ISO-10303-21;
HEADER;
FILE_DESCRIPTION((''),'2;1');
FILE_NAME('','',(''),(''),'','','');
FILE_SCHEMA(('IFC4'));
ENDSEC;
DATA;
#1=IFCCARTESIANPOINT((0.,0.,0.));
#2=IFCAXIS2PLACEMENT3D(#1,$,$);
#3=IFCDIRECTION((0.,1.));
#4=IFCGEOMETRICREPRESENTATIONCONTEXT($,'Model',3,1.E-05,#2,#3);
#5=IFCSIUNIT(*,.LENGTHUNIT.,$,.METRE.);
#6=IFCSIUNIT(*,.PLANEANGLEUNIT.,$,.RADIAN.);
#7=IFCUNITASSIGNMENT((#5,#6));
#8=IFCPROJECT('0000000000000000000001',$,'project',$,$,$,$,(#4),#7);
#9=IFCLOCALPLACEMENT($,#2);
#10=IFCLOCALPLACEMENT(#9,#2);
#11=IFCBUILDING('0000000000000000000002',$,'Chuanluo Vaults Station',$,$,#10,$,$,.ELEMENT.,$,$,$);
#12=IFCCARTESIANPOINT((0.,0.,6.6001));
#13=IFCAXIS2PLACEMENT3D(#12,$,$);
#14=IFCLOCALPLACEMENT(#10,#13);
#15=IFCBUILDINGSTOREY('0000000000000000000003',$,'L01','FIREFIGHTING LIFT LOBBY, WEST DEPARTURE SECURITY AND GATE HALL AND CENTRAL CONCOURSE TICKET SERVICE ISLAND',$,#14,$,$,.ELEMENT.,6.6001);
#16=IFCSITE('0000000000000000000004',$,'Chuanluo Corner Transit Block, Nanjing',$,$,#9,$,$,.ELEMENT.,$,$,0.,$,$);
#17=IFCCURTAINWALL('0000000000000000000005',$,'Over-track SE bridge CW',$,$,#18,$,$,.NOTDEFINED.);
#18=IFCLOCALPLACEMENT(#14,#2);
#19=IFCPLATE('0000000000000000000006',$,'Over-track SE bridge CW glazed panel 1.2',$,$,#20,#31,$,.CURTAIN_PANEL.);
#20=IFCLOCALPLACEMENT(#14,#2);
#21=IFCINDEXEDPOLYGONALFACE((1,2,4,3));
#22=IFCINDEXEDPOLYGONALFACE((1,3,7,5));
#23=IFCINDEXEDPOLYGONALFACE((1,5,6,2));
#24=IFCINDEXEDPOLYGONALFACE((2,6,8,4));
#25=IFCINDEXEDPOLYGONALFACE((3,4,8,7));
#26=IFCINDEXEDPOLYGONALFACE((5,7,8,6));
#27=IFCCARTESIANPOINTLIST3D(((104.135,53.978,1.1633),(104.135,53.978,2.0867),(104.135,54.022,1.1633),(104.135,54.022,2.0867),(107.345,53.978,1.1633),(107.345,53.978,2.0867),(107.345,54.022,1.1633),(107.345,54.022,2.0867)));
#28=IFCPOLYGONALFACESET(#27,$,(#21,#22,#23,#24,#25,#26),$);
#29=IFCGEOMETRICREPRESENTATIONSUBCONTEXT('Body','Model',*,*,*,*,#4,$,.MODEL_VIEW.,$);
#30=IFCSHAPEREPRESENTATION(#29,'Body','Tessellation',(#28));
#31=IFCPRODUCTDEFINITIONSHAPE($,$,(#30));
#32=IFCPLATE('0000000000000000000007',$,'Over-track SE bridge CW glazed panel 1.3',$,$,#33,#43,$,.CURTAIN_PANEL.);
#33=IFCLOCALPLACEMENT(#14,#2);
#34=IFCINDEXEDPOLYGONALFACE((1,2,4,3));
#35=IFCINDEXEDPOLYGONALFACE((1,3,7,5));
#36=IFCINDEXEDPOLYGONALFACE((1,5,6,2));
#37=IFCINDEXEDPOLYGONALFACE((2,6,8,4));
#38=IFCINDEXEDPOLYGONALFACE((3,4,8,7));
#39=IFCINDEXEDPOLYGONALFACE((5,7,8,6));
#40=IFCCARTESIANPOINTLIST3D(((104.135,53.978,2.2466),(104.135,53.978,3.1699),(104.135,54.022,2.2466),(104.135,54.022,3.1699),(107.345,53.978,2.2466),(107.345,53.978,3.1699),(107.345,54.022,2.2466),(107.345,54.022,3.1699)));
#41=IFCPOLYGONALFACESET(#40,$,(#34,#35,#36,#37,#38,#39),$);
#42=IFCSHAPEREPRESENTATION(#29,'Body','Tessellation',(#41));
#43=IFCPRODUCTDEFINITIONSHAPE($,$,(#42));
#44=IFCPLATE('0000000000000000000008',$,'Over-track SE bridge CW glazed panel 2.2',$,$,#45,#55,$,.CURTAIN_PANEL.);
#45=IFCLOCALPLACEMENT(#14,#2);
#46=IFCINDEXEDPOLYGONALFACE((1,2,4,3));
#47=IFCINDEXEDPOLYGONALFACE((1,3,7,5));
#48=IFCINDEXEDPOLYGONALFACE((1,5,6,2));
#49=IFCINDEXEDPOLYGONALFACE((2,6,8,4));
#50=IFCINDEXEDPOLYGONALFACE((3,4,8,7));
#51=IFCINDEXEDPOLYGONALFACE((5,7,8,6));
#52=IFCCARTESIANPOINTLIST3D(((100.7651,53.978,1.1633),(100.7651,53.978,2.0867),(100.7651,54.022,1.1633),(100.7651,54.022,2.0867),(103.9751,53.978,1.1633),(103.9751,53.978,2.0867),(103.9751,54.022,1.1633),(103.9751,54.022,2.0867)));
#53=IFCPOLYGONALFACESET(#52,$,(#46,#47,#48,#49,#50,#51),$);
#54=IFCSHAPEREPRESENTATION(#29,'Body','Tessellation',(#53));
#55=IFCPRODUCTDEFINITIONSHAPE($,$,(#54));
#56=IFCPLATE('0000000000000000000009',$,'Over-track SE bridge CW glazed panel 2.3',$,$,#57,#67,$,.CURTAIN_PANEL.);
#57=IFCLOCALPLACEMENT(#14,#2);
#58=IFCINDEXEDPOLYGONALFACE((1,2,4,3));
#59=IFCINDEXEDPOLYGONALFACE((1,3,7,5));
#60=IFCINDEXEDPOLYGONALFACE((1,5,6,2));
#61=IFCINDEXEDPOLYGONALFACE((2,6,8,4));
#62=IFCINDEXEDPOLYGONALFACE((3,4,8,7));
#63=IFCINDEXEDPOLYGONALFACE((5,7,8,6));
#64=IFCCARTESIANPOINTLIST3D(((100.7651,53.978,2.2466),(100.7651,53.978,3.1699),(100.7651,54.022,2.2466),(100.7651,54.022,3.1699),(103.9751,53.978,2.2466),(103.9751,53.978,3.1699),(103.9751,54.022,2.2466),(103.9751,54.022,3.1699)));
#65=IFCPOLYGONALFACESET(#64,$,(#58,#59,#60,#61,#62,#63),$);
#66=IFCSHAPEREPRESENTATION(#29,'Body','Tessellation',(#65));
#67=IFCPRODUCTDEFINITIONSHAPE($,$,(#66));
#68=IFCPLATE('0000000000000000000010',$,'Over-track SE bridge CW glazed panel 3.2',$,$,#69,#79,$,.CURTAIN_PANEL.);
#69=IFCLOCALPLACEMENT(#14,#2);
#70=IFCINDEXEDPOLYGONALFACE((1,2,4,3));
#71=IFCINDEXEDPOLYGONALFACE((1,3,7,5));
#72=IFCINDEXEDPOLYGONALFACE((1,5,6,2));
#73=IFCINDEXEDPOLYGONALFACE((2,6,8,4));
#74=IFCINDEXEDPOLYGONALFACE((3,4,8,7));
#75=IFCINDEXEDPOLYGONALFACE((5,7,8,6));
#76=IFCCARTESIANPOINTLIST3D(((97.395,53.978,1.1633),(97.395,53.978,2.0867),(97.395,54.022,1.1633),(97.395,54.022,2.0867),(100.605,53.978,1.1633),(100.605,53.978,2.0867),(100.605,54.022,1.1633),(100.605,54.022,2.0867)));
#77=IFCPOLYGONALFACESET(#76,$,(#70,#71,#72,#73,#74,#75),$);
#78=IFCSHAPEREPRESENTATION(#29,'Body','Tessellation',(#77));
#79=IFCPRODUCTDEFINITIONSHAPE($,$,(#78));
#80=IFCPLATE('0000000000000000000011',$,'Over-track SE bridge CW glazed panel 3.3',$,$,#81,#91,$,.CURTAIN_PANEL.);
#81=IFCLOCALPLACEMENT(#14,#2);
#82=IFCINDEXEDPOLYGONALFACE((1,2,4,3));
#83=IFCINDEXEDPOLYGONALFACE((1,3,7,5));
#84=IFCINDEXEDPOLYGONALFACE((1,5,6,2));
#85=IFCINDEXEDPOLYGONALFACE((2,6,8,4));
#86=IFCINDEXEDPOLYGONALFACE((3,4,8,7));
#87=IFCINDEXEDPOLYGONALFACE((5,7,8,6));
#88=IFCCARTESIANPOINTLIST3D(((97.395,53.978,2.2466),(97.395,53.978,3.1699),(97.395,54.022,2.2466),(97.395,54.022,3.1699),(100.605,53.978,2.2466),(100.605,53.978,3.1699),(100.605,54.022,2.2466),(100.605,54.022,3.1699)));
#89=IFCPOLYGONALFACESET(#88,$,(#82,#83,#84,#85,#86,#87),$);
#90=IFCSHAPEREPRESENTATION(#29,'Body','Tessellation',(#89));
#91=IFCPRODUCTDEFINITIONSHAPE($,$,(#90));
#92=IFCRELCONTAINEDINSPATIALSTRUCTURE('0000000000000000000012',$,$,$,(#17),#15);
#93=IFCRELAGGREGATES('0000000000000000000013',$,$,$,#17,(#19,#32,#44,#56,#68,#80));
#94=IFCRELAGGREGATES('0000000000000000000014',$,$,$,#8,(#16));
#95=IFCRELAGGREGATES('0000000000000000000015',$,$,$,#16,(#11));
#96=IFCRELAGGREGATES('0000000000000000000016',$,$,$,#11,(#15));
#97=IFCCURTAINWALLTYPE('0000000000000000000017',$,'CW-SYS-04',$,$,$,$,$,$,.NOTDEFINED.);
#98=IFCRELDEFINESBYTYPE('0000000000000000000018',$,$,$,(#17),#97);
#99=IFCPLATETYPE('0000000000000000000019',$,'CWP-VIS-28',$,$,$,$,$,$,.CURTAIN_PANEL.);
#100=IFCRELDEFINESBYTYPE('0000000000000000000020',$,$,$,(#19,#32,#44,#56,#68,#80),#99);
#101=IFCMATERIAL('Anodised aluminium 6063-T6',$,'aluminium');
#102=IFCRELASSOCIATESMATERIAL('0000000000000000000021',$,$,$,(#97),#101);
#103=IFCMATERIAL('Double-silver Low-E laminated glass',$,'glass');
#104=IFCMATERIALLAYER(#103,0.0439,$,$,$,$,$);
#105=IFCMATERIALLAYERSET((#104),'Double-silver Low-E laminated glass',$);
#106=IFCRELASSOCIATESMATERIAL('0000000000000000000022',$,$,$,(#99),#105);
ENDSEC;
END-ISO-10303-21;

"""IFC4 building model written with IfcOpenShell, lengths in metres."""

from ifc_helpers import new_model, si_unit, direction, frame, origin, origin_2d, place, context, subcontext, project, spatial, rectangle, extrude, material, layer, layer_set, type_object, element, aggregate, save


model = new_model("IFC4")

# Units and contexts
model_context = context("Model", 3, precision=1e-05, world=origin(), true_north=direction((0.0, 1.0)))
body_context = subcontext(model_context, "Body", "Model", "MODEL_VIEW")
ifc_project = project(units=[si_unit("LENGTHUNIT", "METRE"), si_unit("PLANEANGLEUNIT", "RADIAN")], contexts=[model_context])

# Site, building, storey
site_placement = place(None, origin())
site = spatial("IfcSite", under=ifc_project, at=site_placement, Name="Chuanluo Corner Transit Block, Nanjing", CompositionType="ELEMENT", RefElevation=0.0)
building_placement = place(site_placement, origin())
building = spatial("IfcBuilding", under=site, at=building_placement, Name="Chuanluo Vaults Station", CompositionType="ELEMENT")
storey_placement = place(building_placement, frame((0.0, 0.0, 6.6001)))
storey = spatial("IfcBuildingStorey", under=building, at=storey_placement, Name="L01", Description="FIREFIGHTING LIFT LOBBY, WEST DEPARTURE SECURITY AND GATE HALL AND CENTRAL CONCOURSE TICKET SERVICE ISLAND", CompositionType="ELEMENT", Elevation=6.6001)

# Curtain wall, plates
ifc_material_1 = material(Name="Anodised aluminium 6063-T6", Category="aluminium")
curtain_wall_type = type_object("IfcCurtainWallType", Name="CW-SYS-04", PredefinedType="NOTDEFINED", material=ifc_material_1)
curtain_wall_placement = place(storey_placement, origin())
curtain_wall = element("IfcCurtainWall", 1, at=curtain_wall_placement, inside=storey, type_object=curtain_wall_type, Name="Over-track SE bridge CW", PredefinedType="NOTDEFINED")
ifc_material_2 = material(Name="Double-silver Low-E laminated glass", Category="glass")
ifc_layer_1 = layer(ifc_material_2, 0.0439)
ifc_layer_set_1 = layer_set([ifc_layer_1], Name="Double-silver Low-E laminated glass")
plate_type_1 = type_object("IfcPlateType", Name="CWP-VIS-28", PredefinedType="CURTAIN_PANEL", material=ifc_layer_set_1)
plate_1_placement = place(storey_placement, frame((105.74, 54.0, 1.1633), z_axis=(0.0, 0.0, 1.0), x_axis=(-1.0, 0.0, 0.0)))
plate_1 = element("IfcPlate", 2, at=plate_1_placement, type_object=plate_type_1, Name="Over-track SE bridge CW glazed panel 1.2", PredefinedType="CURTAIN_PANEL", context=body_context, shape_type="SweptSolid", body=[
    extrude(rectangle(XDim=3.21, YDim=0.0439, at=origin_2d()), origin(), (0.0, 0.0, 1.0), 0.9233),
])
plate_2_placement = place(storey_placement, frame((105.74, 54.0, 2.2466), z_axis=(0.0, 0.0, 1.0), x_axis=(-1.0, 0.0, 0.0)))
plate_2 = element("IfcPlate", 3, at=plate_2_placement, type_object=plate_type_1, Name="Over-track SE bridge CW glazed panel 1.3", PredefinedType="CURTAIN_PANEL", context=body_context, shape_type="SweptSolid", body=[
    extrude(rectangle(XDim=3.21, YDim=0.0439, at=origin_2d()), origin(), (0.0, 0.0, 1.0), 0.9233),
])
plate_3_placement = place(storey_placement, frame((102.3701, 54.0, 1.1633), z_axis=(0.0, 0.0, 1.0), x_axis=(-1.0, 0.0, 0.0)))
plate_3 = element("IfcPlate", 4, at=plate_3_placement, type_object=plate_type_1, Name="Over-track SE bridge CW glazed panel 2.2", PredefinedType="CURTAIN_PANEL", context=body_context, shape_type="SweptSolid", body=[
    extrude(rectangle(XDim=3.21, YDim=0.0439, at=origin_2d()), origin(), (0.0, 0.0, 1.0), 0.9233),
])
plate_4_placement = place(storey_placement, frame((102.3701, 54.0, 2.2466), z_axis=(0.0, 0.0, 1.0), x_axis=(-1.0, 0.0, 0.0)))
plate_4 = element("IfcPlate", 5, at=plate_4_placement, type_object=plate_type_1, Name="Over-track SE bridge CW glazed panel 2.3", PredefinedType="CURTAIN_PANEL", context=body_context, shape_type="SweptSolid", body=[
    extrude(rectangle(XDim=3.21, YDim=0.0439, at=origin_2d()), origin(), (0.0, 0.0, 1.0), 0.9233),
])
plate_5_placement = place(storey_placement, frame((99.0, 54.0, 1.1633), z_axis=(0.0, 0.0, 1.0), x_axis=(-1.0, 0.0, 0.0)))
plate_5 = element("IfcPlate", 6, at=plate_5_placement, type_object=plate_type_1, Name="Over-track SE bridge CW glazed panel 3.2", PredefinedType="CURTAIN_PANEL", context=body_context, shape_type="SweptSolid", body=[
    extrude(rectangle(XDim=3.21, YDim=0.0439, at=origin_2d()), origin(), (0.0, 0.0, 1.0), 0.9233),
])
plate_6_placement = place(storey_placement, frame((99.0, 54.0, 2.2466), z_axis=(0.0, 0.0, 1.0), x_axis=(-1.0, 0.0, 0.0)))
plate_6 = element("IfcPlate", 7, at=plate_6_placement, type_object=plate_type_1, Name="Over-track SE bridge CW glazed panel 3.3", PredefinedType="CURTAIN_PANEL", context=body_context, shape_type="SweptSolid", body=[
    extrude(rectangle(XDim=3.21, YDim=0.0439, at=origin_2d()), origin(), (0.0, 0.0, 1.0), 0.9233),
])
aggregate(curtain_wall, [plate_1, plate_2, plate_3, plate_4, plate_5, plate_6])

save(model, "model.ifc")
